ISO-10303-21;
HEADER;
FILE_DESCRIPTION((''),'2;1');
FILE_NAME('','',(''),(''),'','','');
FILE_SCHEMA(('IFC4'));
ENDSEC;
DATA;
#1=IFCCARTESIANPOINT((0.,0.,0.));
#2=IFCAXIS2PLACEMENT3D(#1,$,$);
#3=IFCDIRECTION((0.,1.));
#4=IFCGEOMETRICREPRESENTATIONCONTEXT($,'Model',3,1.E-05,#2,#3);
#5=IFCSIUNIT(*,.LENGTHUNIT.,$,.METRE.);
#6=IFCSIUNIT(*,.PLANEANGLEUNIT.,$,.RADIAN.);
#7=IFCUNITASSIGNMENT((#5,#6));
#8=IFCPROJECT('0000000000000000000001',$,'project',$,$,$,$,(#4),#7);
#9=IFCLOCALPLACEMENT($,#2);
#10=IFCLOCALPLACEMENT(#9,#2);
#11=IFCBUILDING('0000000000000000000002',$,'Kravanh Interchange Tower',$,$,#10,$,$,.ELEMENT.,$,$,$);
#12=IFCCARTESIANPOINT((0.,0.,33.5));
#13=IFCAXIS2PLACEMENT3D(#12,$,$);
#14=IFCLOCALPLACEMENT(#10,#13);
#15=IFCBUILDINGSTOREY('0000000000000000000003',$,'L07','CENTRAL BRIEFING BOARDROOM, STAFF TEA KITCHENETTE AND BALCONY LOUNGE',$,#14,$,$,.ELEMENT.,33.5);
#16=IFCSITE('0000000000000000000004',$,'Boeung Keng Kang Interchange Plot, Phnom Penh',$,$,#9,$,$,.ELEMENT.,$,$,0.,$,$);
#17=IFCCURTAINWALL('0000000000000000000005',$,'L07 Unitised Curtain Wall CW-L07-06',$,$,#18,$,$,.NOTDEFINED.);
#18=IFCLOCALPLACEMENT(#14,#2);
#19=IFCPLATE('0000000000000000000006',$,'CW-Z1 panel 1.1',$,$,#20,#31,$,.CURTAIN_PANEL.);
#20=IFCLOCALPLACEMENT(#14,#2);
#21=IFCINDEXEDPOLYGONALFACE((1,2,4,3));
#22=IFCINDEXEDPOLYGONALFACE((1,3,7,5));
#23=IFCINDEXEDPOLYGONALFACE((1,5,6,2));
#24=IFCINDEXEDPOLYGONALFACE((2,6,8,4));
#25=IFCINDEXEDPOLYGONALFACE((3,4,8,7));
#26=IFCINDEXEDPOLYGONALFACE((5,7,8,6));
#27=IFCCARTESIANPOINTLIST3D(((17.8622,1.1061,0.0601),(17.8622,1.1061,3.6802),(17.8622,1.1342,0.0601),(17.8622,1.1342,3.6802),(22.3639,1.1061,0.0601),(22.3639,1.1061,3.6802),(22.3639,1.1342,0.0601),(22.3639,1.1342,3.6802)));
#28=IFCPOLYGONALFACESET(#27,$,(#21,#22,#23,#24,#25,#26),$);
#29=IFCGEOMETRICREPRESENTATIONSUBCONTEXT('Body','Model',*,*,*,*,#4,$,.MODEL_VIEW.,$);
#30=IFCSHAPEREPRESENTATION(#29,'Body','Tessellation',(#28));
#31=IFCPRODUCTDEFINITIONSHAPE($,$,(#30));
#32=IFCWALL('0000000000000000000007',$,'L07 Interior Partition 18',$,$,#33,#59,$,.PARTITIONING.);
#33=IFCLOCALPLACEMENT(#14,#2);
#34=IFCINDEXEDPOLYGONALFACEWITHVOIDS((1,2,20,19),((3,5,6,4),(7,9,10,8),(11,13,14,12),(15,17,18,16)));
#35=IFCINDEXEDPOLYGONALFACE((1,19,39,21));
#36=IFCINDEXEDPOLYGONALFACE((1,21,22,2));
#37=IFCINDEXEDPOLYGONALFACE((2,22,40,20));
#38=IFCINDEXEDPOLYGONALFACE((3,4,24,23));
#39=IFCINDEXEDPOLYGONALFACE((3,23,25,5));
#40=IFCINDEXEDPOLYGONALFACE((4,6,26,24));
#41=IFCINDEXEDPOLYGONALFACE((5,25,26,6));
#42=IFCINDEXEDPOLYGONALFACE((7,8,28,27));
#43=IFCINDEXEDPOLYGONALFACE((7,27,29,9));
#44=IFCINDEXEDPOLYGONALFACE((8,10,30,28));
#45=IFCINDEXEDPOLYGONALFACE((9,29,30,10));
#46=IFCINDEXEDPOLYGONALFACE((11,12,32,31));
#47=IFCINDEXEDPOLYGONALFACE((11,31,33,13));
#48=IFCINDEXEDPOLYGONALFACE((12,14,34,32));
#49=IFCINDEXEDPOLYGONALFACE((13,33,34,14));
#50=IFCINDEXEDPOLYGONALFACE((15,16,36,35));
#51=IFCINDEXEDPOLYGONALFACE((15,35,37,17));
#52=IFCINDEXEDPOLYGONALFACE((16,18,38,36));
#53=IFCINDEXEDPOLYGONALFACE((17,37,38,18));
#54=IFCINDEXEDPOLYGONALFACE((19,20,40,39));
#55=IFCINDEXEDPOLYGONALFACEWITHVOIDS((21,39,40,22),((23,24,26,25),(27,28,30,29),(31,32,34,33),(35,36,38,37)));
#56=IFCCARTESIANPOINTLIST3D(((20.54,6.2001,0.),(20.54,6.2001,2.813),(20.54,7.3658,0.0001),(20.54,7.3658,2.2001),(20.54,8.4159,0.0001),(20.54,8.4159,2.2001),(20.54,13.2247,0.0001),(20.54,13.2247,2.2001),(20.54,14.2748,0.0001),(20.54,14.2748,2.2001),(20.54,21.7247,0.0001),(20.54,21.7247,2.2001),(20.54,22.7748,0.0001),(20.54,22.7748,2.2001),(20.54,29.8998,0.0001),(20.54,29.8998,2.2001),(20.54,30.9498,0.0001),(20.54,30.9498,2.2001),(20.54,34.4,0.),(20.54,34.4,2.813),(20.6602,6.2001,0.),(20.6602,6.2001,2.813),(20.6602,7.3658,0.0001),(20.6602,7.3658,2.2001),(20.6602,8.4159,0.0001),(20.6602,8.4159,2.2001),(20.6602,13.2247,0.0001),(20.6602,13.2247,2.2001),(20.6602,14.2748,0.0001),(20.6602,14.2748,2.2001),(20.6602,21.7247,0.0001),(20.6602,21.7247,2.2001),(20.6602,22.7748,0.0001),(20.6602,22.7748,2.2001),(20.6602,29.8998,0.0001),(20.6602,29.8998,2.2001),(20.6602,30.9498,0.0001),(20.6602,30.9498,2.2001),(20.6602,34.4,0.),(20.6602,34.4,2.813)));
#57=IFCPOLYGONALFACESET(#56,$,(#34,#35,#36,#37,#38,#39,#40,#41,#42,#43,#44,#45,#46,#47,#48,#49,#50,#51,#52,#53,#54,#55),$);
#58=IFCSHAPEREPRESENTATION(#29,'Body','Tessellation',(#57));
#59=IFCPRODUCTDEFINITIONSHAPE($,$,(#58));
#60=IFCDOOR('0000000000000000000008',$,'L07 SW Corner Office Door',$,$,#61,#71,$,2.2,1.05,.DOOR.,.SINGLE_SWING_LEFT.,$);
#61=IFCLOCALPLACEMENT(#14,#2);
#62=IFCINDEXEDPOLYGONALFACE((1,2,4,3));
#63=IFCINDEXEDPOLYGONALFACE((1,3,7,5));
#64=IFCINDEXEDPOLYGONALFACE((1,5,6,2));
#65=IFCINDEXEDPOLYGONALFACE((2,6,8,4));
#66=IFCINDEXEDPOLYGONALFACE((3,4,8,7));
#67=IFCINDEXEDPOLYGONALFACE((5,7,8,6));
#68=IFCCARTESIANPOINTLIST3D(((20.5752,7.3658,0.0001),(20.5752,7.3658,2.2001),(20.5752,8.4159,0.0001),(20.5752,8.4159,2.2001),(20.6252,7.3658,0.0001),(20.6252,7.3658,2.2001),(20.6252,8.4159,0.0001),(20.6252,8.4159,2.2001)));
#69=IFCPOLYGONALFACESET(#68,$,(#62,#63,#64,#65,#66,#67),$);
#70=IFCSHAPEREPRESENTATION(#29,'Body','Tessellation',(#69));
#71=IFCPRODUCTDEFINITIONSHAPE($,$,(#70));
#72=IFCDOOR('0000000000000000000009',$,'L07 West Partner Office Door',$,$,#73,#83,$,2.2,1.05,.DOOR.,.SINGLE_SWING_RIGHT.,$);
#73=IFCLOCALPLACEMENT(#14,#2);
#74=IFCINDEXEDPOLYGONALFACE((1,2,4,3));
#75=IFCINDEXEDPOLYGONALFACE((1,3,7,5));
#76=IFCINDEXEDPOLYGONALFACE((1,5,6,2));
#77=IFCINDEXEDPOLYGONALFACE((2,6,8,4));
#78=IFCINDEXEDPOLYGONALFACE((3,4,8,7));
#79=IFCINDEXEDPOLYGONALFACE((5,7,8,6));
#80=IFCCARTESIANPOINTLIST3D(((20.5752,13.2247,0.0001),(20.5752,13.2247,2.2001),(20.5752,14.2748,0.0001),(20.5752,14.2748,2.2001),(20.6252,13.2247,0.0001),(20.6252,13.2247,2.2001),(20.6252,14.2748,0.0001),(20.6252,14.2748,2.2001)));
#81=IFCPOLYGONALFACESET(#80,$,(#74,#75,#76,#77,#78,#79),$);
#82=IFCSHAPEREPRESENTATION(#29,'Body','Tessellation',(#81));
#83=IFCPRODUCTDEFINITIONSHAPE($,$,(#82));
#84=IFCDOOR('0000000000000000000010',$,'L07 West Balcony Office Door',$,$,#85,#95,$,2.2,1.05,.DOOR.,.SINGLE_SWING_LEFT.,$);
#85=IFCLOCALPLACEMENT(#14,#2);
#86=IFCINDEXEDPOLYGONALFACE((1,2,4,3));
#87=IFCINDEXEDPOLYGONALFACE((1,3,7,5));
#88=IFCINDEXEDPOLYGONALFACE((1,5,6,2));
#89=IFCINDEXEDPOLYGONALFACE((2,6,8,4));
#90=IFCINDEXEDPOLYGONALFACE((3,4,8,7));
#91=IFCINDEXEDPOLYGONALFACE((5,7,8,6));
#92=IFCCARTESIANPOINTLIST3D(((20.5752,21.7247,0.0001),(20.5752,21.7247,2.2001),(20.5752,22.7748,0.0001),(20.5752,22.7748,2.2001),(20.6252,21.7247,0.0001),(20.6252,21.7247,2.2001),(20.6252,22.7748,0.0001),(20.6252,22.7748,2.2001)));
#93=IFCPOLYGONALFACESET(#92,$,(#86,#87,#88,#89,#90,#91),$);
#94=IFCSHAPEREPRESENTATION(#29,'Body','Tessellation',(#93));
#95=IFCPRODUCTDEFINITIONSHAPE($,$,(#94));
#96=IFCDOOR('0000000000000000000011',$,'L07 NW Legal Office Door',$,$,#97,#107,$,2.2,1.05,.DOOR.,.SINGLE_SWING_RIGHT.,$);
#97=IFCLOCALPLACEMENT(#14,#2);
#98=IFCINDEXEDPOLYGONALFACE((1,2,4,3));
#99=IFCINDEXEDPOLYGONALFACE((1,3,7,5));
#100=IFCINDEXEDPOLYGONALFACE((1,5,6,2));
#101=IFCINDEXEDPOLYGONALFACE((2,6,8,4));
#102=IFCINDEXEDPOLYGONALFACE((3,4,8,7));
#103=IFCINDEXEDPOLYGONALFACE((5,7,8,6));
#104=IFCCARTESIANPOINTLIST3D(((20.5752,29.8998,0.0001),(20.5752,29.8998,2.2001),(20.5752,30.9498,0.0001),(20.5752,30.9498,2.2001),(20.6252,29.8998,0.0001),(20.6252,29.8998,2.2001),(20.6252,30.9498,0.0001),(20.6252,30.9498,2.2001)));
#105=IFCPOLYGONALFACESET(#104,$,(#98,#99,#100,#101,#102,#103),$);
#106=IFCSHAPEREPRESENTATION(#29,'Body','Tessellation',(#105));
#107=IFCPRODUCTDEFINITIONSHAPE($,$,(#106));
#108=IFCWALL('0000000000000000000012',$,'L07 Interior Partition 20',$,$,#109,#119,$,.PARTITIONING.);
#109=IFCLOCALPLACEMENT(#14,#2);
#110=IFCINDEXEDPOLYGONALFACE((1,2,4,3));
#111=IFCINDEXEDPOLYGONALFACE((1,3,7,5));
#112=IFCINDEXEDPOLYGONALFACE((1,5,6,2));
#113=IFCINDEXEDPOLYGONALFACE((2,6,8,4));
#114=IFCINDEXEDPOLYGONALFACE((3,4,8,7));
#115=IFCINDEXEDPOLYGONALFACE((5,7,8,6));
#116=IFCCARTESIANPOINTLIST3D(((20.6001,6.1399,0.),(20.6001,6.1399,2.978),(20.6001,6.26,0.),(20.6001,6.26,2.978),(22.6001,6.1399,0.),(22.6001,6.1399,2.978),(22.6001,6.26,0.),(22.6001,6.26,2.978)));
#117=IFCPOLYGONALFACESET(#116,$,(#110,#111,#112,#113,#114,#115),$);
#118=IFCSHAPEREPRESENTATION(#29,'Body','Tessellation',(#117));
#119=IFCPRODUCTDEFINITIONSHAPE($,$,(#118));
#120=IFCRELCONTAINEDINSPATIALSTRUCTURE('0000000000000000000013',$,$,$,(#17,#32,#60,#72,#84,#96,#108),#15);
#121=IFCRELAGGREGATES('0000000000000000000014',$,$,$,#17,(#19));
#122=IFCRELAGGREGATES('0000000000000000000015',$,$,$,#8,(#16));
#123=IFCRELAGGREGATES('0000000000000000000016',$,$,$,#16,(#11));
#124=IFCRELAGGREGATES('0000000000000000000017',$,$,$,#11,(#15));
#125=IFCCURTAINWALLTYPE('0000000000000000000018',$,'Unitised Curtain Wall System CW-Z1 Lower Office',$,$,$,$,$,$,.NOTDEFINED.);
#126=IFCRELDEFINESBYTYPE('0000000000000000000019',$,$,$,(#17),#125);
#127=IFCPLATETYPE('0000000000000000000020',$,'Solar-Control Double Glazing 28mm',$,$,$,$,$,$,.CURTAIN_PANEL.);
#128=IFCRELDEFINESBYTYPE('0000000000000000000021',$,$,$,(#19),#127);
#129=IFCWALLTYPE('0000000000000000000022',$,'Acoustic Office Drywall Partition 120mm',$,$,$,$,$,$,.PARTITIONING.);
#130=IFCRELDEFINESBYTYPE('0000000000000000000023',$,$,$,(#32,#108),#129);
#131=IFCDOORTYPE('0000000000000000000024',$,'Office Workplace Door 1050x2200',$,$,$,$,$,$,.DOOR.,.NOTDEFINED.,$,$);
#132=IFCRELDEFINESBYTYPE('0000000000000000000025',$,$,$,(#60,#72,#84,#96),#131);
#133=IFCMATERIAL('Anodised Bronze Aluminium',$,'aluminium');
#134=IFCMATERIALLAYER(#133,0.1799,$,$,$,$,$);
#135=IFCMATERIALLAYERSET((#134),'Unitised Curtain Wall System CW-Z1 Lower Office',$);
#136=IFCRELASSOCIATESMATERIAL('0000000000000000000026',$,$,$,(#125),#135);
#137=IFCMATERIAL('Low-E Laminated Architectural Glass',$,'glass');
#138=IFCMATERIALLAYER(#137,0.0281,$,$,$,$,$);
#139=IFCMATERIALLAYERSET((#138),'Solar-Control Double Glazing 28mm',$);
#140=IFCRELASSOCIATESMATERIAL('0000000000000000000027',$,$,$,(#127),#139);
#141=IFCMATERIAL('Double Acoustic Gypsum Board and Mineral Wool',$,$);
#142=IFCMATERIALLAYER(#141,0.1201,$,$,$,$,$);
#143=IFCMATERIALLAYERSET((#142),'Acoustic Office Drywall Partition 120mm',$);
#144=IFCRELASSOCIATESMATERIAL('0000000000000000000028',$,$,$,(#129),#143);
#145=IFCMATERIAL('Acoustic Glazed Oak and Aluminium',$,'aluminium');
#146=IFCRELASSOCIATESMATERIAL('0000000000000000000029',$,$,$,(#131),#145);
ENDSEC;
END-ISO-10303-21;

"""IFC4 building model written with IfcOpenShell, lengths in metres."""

from ifc_helpers import new_model, si_unit, direction, frame, frame_2d, origin, origin_2d, place, context, subcontext, project, spatial, rectangle, extrude, material, layer, layer_set, type_object, element, fill, aggregate, save


model = new_model("IFC4")

# Units and contexts
model_context = context("Model", 3, precision=1e-05, world=origin(), true_north=direction((0.0, 1.0)))
body_context = subcontext(model_context, "Body", "Model", "MODEL_VIEW")
ifc_project = project(units=[si_unit("LENGTHUNIT", "METRE"), si_unit("PLANEANGLEUNIT", "RADIAN")], contexts=[model_context])

# Site, building, storey
site_placement = place(None, origin())
site = spatial("IfcSite", under=ifc_project, at=site_placement, Name="Boeung Keng Kang Interchange Plot, Phnom Penh", CompositionType="ELEMENT", RefElevation=0.0)
building_placement = place(site_placement, origin())
building = spatial("IfcBuilding", under=site, at=building_placement, Name="Kravanh Interchange Tower", CompositionType="ELEMENT")
storey_placement = place(building_placement, frame((0.0, 0.0, 33.5)))
storey = spatial("IfcBuildingStorey", under=building, at=storey_placement, Name="L07", Description="CENTRAL BRIEFING BOARDROOM, STAFF TEA KITCHENETTE AND BALCONY LOUNGE", CompositionType="ELEMENT", Elevation=33.5)

# Curtain wall
ifc_material_1 = material(Name="Anodised Bronze Aluminium", Category="aluminium")
ifc_layer_1 = layer(ifc_material_1, 0.1799)
ifc_layer_set_1 = layer_set([ifc_layer_1], Name="Unitised Curtain Wall System CW-Z1 Lower Office")
curtain_wall_type = type_object("IfcCurtainWallType", Name="Unitised Curtain Wall System CW-Z1 Lower Office", PredefinedType="NOTDEFINED", material=ifc_layer_set_1)
curtain_wall_placement = place(storey_placement, origin())
curtain_wall = element("IfcCurtainWall", 1, at=curtain_wall_placement, inside=storey, type_object=curtain_wall_type, Name="L07 Unitised Curtain Wall CW-L07-06", PredefinedType="NOTDEFINED")

# Plate
ifc_material_2 = material(Name="Low-E Laminated Architectural Glass", Category="glass")
ifc_layer_2 = layer(ifc_material_2, 0.0281)
ifc_layer_set_2 = layer_set([ifc_layer_2], Name="Solar-Control Double Glazing 28mm")
plate_type = type_object("IfcPlateType", Name="Solar-Control Double Glazing 28mm", PredefinedType="CURTAIN_PANEL", material=ifc_layer_set_2)
plate_placement = place(storey_placement, frame((20.113, 1.1201, 0.0601), z_axis=(0.0, 0.0, 1.0), x_axis=(-1.0, 0.0, 0.0)))
plate = element("IfcPlate", 2, at=plate_placement, type_object=plate_type, Name="CW-Z1 panel 1.1", PredefinedType="CURTAIN_PANEL", context=body_context, shape_type="SweptSolid", body=[
    extrude(rectangle(XDim=4.5017, YDim=0.0281, at=origin_2d()), origin(), (0.0, 0.0, 1.0), 3.6201),
])
aggregate(curtain_wall, [plate])

# Wall, openings, doors
ifc_material_3 = material(Name="Double Acoustic Gypsum Board and Mineral Wool")
ifc_layer_3 = layer(ifc_material_3, 0.1201)
ifc_layer_set_3 = layer_set([ifc_layer_3], Name="Acoustic Office Drywall Partition 120mm")
wall_type = type_object("IfcWallType", Name="Acoustic Office Drywall Partition 120mm", PredefinedType="PARTITIONING", material=ifc_layer_set_3)
wall_1_placement = place(storey_placement, frame((20.6001, 6.2, 0.0), z_axis=(0.0, 0.0, 1.0), x_axis=(0.0, 1.0, 0.0)))
wall_1 = element("IfcWall", 3, at=wall_1_placement, inside=storey, type_object=wall_type, Name="L07 Interior Partition 18", PredefinedType="PARTITIONING", context=body_context, shape_type="SweptSolid", body=[
    extrude(rectangle(XDim=28.2, YDim=0.1201, at=frame_2d((14.1001, 0.0))), origin(), (0.0, 0.0, 1.0), 2.813),
])
opening_1_placement = place(wall_1_placement, frame((1.166, 0.0, 0.0)))
opening_1 = element("IfcOpeningElement", 4, at=opening_1_placement, cuts=wall_1, PredefinedType="OPENING", context=body_context, shape_type="SweptSolid", body=[
    extrude(rectangle(XDim=1.05, YDim=2.2, at=frame_2d((0.5249, 1.1001))), frame((0.0, 0.0701, 0.0), z_axis=(0.0, -1.0, 0.0), x_axis=(1.0, 0.0, 0.0)), (0.0, 0.0, 1.0), 0.1401),
])
opening_2_placement = place(wall_1_placement, frame((7.0249, 0.0, 0.0)))
opening_2 = element("IfcOpeningElement", 5, at=opening_2_placement, cuts=wall_1, PredefinedType="OPENING", context=body_context, shape_type="SweptSolid", body=[
    extrude(rectangle(XDim=1.05, YDim=2.2, at=frame_2d((0.5249, 1.1001))), frame((0.0, 0.0701, 0.0), z_axis=(0.0, -1.0, 0.0), x_axis=(1.0, 0.0, 0.0)), (0.0, 0.0, 1.0), 0.1401),
])
opening_3_placement = place(wall_1_placement, frame((15.5249, 0.0, 0.0)))
opening_3 = element("IfcOpeningElement", 6, at=opening_3_placement, cuts=wall_1, PredefinedType="OPENING", context=body_context, shape_type="SweptSolid", body=[
    extrude(rectangle(XDim=1.05, YDim=2.2, at=frame_2d((0.5249, 1.1001))), frame((0.0, 0.0701, 0.0), z_axis=(0.0, -1.0, 0.0), x_axis=(1.0, 0.0, 0.0)), (0.0, 0.0, 1.0), 0.1401),
])
opening_4_placement = place(wall_1_placement, frame((23.7, 0.0, 0.0)))
opening_4 = element("IfcOpeningElement", 7, at=opening_4_placement, cuts=wall_1, PredefinedType="OPENING", context=body_context, shape_type="SweptSolid", body=[
    extrude(rectangle(XDim=1.05, YDim=2.2, at=frame_2d((0.5249, 1.1001))), frame((0.0, 0.0701, 0.0), z_axis=(0.0, -1.0, 0.0), x_axis=(1.0, 0.0, 0.0)), (0.0, 0.0, 1.0), 0.1401),
])
ifc_material_4 = material(Name="Acoustic Glazed Oak and Aluminium", Category="aluminium")
door_type = type_object("IfcDoorType", Name="Office Workplace Door 1050x2200", OperationType="NOTDEFINED", PredefinedType="DOOR", material=ifc_material_4)
door_1_placement = place(opening_1_placement, origin())
door_1 = element("IfcDoor", 8, at=door_1_placement, inside=storey, type_object=door_type, Name="L07 SW Corner Office Door", OperationType="SINGLE_SWING_LEFT", OverallHeight=2.2, OverallWidth=1.05, PredefinedType="DOOR", context=body_context, shape_type="SweptSolid", body=[
    extrude(rectangle(XDim=1.05, YDim=2.2, at=frame_2d((0.5249, 1.1001))), frame((0.0, 0.0249, 0.0), z_axis=(0.0, -1.0, 0.0), x_axis=(1.0, 0.0, 0.0)), (0.0, 0.0, 1.0), 0.05),
])
fill(opening_1, door_1)
door_2_placement = place(opening_2_placement, origin())
door_2 = element("IfcDoor", 9, at=door_2_placement, inside=storey, type_object=door_type, Name="L07 West Partner Office Door", OperationType="SINGLE_SWING_RIGHT", OverallHeight=2.2, OverallWidth=1.05, PredefinedType="DOOR", context=body_context, shape_type="SweptSolid", body=[
    extrude(rectangle(XDim=1.05, YDim=2.2, at=frame_2d((0.5249, 1.1001))), frame((0.0, 0.0249, 0.0), z_axis=(0.0, -1.0, 0.0), x_axis=(1.0, 0.0, 0.0)), (0.0, 0.0, 1.0), 0.05),
])
fill(opening_2, door_2)
door_3_placement = place(opening_3_placement, origin())
door_3 = element("IfcDoor", 10, at=door_3_placement, inside=storey, type_object=door_type, Name="L07 West Balcony Office Door", OperationType="SINGLE_SWING_LEFT", OverallHeight=2.2, OverallWidth=1.05, PredefinedType="DOOR", context=body_context, shape_type="SweptSolid", body=[
    extrude(rectangle(XDim=1.05, YDim=2.2, at=frame_2d((0.5249, 1.1001))), frame((0.0, 0.0249, 0.0), z_axis=(0.0, -1.0, 0.0), x_axis=(1.0, 0.0, 0.0)), (0.0, 0.0, 1.0), 0.05),
])
fill(opening_3, door_3)
door_4_placement = place(opening_4_placement, origin())
door_4 = element("IfcDoor", 11, at=door_4_placement, inside=storey, type_object=door_type, Name="L07 NW Legal Office Door", OperationType="SINGLE_SWING_RIGHT", OverallHeight=2.2, OverallWidth=1.05, PredefinedType="DOOR", context=body_context, shape_type="SweptSolid", body=[
    extrude(rectangle(XDim=1.05, YDim=2.2, at=frame_2d((0.5249, 1.1001))), frame((0.0, 0.0249, 0.0), z_axis=(0.0, -1.0, 0.0), x_axis=(1.0, 0.0, 0.0)), (0.0, 0.0, 1.0), 0.05),
])
fill(opening_4, door_4)

# Wall
wall_2_placement = place(storey_placement, frame((20.6001, 6.2, 0.0), z_axis=(0.0, 0.0, 1.0), x_axis=(1.0, 0.0, 0.0)))
element("IfcWall", 12, at=wall_2_placement, inside=storey, type_object=wall_type, Name="L07 Interior Partition 20", PredefinedType="PARTITIONING", context=body_context, shape_type="SweptSolid", body=[
    extrude(rectangle(XDim=2.0, YDim=0.1201, at=frame_2d((1.0, 0.0))), origin(), (0.0, 0.0, 1.0), 2.978),
])

save(model, "model.ifc")
